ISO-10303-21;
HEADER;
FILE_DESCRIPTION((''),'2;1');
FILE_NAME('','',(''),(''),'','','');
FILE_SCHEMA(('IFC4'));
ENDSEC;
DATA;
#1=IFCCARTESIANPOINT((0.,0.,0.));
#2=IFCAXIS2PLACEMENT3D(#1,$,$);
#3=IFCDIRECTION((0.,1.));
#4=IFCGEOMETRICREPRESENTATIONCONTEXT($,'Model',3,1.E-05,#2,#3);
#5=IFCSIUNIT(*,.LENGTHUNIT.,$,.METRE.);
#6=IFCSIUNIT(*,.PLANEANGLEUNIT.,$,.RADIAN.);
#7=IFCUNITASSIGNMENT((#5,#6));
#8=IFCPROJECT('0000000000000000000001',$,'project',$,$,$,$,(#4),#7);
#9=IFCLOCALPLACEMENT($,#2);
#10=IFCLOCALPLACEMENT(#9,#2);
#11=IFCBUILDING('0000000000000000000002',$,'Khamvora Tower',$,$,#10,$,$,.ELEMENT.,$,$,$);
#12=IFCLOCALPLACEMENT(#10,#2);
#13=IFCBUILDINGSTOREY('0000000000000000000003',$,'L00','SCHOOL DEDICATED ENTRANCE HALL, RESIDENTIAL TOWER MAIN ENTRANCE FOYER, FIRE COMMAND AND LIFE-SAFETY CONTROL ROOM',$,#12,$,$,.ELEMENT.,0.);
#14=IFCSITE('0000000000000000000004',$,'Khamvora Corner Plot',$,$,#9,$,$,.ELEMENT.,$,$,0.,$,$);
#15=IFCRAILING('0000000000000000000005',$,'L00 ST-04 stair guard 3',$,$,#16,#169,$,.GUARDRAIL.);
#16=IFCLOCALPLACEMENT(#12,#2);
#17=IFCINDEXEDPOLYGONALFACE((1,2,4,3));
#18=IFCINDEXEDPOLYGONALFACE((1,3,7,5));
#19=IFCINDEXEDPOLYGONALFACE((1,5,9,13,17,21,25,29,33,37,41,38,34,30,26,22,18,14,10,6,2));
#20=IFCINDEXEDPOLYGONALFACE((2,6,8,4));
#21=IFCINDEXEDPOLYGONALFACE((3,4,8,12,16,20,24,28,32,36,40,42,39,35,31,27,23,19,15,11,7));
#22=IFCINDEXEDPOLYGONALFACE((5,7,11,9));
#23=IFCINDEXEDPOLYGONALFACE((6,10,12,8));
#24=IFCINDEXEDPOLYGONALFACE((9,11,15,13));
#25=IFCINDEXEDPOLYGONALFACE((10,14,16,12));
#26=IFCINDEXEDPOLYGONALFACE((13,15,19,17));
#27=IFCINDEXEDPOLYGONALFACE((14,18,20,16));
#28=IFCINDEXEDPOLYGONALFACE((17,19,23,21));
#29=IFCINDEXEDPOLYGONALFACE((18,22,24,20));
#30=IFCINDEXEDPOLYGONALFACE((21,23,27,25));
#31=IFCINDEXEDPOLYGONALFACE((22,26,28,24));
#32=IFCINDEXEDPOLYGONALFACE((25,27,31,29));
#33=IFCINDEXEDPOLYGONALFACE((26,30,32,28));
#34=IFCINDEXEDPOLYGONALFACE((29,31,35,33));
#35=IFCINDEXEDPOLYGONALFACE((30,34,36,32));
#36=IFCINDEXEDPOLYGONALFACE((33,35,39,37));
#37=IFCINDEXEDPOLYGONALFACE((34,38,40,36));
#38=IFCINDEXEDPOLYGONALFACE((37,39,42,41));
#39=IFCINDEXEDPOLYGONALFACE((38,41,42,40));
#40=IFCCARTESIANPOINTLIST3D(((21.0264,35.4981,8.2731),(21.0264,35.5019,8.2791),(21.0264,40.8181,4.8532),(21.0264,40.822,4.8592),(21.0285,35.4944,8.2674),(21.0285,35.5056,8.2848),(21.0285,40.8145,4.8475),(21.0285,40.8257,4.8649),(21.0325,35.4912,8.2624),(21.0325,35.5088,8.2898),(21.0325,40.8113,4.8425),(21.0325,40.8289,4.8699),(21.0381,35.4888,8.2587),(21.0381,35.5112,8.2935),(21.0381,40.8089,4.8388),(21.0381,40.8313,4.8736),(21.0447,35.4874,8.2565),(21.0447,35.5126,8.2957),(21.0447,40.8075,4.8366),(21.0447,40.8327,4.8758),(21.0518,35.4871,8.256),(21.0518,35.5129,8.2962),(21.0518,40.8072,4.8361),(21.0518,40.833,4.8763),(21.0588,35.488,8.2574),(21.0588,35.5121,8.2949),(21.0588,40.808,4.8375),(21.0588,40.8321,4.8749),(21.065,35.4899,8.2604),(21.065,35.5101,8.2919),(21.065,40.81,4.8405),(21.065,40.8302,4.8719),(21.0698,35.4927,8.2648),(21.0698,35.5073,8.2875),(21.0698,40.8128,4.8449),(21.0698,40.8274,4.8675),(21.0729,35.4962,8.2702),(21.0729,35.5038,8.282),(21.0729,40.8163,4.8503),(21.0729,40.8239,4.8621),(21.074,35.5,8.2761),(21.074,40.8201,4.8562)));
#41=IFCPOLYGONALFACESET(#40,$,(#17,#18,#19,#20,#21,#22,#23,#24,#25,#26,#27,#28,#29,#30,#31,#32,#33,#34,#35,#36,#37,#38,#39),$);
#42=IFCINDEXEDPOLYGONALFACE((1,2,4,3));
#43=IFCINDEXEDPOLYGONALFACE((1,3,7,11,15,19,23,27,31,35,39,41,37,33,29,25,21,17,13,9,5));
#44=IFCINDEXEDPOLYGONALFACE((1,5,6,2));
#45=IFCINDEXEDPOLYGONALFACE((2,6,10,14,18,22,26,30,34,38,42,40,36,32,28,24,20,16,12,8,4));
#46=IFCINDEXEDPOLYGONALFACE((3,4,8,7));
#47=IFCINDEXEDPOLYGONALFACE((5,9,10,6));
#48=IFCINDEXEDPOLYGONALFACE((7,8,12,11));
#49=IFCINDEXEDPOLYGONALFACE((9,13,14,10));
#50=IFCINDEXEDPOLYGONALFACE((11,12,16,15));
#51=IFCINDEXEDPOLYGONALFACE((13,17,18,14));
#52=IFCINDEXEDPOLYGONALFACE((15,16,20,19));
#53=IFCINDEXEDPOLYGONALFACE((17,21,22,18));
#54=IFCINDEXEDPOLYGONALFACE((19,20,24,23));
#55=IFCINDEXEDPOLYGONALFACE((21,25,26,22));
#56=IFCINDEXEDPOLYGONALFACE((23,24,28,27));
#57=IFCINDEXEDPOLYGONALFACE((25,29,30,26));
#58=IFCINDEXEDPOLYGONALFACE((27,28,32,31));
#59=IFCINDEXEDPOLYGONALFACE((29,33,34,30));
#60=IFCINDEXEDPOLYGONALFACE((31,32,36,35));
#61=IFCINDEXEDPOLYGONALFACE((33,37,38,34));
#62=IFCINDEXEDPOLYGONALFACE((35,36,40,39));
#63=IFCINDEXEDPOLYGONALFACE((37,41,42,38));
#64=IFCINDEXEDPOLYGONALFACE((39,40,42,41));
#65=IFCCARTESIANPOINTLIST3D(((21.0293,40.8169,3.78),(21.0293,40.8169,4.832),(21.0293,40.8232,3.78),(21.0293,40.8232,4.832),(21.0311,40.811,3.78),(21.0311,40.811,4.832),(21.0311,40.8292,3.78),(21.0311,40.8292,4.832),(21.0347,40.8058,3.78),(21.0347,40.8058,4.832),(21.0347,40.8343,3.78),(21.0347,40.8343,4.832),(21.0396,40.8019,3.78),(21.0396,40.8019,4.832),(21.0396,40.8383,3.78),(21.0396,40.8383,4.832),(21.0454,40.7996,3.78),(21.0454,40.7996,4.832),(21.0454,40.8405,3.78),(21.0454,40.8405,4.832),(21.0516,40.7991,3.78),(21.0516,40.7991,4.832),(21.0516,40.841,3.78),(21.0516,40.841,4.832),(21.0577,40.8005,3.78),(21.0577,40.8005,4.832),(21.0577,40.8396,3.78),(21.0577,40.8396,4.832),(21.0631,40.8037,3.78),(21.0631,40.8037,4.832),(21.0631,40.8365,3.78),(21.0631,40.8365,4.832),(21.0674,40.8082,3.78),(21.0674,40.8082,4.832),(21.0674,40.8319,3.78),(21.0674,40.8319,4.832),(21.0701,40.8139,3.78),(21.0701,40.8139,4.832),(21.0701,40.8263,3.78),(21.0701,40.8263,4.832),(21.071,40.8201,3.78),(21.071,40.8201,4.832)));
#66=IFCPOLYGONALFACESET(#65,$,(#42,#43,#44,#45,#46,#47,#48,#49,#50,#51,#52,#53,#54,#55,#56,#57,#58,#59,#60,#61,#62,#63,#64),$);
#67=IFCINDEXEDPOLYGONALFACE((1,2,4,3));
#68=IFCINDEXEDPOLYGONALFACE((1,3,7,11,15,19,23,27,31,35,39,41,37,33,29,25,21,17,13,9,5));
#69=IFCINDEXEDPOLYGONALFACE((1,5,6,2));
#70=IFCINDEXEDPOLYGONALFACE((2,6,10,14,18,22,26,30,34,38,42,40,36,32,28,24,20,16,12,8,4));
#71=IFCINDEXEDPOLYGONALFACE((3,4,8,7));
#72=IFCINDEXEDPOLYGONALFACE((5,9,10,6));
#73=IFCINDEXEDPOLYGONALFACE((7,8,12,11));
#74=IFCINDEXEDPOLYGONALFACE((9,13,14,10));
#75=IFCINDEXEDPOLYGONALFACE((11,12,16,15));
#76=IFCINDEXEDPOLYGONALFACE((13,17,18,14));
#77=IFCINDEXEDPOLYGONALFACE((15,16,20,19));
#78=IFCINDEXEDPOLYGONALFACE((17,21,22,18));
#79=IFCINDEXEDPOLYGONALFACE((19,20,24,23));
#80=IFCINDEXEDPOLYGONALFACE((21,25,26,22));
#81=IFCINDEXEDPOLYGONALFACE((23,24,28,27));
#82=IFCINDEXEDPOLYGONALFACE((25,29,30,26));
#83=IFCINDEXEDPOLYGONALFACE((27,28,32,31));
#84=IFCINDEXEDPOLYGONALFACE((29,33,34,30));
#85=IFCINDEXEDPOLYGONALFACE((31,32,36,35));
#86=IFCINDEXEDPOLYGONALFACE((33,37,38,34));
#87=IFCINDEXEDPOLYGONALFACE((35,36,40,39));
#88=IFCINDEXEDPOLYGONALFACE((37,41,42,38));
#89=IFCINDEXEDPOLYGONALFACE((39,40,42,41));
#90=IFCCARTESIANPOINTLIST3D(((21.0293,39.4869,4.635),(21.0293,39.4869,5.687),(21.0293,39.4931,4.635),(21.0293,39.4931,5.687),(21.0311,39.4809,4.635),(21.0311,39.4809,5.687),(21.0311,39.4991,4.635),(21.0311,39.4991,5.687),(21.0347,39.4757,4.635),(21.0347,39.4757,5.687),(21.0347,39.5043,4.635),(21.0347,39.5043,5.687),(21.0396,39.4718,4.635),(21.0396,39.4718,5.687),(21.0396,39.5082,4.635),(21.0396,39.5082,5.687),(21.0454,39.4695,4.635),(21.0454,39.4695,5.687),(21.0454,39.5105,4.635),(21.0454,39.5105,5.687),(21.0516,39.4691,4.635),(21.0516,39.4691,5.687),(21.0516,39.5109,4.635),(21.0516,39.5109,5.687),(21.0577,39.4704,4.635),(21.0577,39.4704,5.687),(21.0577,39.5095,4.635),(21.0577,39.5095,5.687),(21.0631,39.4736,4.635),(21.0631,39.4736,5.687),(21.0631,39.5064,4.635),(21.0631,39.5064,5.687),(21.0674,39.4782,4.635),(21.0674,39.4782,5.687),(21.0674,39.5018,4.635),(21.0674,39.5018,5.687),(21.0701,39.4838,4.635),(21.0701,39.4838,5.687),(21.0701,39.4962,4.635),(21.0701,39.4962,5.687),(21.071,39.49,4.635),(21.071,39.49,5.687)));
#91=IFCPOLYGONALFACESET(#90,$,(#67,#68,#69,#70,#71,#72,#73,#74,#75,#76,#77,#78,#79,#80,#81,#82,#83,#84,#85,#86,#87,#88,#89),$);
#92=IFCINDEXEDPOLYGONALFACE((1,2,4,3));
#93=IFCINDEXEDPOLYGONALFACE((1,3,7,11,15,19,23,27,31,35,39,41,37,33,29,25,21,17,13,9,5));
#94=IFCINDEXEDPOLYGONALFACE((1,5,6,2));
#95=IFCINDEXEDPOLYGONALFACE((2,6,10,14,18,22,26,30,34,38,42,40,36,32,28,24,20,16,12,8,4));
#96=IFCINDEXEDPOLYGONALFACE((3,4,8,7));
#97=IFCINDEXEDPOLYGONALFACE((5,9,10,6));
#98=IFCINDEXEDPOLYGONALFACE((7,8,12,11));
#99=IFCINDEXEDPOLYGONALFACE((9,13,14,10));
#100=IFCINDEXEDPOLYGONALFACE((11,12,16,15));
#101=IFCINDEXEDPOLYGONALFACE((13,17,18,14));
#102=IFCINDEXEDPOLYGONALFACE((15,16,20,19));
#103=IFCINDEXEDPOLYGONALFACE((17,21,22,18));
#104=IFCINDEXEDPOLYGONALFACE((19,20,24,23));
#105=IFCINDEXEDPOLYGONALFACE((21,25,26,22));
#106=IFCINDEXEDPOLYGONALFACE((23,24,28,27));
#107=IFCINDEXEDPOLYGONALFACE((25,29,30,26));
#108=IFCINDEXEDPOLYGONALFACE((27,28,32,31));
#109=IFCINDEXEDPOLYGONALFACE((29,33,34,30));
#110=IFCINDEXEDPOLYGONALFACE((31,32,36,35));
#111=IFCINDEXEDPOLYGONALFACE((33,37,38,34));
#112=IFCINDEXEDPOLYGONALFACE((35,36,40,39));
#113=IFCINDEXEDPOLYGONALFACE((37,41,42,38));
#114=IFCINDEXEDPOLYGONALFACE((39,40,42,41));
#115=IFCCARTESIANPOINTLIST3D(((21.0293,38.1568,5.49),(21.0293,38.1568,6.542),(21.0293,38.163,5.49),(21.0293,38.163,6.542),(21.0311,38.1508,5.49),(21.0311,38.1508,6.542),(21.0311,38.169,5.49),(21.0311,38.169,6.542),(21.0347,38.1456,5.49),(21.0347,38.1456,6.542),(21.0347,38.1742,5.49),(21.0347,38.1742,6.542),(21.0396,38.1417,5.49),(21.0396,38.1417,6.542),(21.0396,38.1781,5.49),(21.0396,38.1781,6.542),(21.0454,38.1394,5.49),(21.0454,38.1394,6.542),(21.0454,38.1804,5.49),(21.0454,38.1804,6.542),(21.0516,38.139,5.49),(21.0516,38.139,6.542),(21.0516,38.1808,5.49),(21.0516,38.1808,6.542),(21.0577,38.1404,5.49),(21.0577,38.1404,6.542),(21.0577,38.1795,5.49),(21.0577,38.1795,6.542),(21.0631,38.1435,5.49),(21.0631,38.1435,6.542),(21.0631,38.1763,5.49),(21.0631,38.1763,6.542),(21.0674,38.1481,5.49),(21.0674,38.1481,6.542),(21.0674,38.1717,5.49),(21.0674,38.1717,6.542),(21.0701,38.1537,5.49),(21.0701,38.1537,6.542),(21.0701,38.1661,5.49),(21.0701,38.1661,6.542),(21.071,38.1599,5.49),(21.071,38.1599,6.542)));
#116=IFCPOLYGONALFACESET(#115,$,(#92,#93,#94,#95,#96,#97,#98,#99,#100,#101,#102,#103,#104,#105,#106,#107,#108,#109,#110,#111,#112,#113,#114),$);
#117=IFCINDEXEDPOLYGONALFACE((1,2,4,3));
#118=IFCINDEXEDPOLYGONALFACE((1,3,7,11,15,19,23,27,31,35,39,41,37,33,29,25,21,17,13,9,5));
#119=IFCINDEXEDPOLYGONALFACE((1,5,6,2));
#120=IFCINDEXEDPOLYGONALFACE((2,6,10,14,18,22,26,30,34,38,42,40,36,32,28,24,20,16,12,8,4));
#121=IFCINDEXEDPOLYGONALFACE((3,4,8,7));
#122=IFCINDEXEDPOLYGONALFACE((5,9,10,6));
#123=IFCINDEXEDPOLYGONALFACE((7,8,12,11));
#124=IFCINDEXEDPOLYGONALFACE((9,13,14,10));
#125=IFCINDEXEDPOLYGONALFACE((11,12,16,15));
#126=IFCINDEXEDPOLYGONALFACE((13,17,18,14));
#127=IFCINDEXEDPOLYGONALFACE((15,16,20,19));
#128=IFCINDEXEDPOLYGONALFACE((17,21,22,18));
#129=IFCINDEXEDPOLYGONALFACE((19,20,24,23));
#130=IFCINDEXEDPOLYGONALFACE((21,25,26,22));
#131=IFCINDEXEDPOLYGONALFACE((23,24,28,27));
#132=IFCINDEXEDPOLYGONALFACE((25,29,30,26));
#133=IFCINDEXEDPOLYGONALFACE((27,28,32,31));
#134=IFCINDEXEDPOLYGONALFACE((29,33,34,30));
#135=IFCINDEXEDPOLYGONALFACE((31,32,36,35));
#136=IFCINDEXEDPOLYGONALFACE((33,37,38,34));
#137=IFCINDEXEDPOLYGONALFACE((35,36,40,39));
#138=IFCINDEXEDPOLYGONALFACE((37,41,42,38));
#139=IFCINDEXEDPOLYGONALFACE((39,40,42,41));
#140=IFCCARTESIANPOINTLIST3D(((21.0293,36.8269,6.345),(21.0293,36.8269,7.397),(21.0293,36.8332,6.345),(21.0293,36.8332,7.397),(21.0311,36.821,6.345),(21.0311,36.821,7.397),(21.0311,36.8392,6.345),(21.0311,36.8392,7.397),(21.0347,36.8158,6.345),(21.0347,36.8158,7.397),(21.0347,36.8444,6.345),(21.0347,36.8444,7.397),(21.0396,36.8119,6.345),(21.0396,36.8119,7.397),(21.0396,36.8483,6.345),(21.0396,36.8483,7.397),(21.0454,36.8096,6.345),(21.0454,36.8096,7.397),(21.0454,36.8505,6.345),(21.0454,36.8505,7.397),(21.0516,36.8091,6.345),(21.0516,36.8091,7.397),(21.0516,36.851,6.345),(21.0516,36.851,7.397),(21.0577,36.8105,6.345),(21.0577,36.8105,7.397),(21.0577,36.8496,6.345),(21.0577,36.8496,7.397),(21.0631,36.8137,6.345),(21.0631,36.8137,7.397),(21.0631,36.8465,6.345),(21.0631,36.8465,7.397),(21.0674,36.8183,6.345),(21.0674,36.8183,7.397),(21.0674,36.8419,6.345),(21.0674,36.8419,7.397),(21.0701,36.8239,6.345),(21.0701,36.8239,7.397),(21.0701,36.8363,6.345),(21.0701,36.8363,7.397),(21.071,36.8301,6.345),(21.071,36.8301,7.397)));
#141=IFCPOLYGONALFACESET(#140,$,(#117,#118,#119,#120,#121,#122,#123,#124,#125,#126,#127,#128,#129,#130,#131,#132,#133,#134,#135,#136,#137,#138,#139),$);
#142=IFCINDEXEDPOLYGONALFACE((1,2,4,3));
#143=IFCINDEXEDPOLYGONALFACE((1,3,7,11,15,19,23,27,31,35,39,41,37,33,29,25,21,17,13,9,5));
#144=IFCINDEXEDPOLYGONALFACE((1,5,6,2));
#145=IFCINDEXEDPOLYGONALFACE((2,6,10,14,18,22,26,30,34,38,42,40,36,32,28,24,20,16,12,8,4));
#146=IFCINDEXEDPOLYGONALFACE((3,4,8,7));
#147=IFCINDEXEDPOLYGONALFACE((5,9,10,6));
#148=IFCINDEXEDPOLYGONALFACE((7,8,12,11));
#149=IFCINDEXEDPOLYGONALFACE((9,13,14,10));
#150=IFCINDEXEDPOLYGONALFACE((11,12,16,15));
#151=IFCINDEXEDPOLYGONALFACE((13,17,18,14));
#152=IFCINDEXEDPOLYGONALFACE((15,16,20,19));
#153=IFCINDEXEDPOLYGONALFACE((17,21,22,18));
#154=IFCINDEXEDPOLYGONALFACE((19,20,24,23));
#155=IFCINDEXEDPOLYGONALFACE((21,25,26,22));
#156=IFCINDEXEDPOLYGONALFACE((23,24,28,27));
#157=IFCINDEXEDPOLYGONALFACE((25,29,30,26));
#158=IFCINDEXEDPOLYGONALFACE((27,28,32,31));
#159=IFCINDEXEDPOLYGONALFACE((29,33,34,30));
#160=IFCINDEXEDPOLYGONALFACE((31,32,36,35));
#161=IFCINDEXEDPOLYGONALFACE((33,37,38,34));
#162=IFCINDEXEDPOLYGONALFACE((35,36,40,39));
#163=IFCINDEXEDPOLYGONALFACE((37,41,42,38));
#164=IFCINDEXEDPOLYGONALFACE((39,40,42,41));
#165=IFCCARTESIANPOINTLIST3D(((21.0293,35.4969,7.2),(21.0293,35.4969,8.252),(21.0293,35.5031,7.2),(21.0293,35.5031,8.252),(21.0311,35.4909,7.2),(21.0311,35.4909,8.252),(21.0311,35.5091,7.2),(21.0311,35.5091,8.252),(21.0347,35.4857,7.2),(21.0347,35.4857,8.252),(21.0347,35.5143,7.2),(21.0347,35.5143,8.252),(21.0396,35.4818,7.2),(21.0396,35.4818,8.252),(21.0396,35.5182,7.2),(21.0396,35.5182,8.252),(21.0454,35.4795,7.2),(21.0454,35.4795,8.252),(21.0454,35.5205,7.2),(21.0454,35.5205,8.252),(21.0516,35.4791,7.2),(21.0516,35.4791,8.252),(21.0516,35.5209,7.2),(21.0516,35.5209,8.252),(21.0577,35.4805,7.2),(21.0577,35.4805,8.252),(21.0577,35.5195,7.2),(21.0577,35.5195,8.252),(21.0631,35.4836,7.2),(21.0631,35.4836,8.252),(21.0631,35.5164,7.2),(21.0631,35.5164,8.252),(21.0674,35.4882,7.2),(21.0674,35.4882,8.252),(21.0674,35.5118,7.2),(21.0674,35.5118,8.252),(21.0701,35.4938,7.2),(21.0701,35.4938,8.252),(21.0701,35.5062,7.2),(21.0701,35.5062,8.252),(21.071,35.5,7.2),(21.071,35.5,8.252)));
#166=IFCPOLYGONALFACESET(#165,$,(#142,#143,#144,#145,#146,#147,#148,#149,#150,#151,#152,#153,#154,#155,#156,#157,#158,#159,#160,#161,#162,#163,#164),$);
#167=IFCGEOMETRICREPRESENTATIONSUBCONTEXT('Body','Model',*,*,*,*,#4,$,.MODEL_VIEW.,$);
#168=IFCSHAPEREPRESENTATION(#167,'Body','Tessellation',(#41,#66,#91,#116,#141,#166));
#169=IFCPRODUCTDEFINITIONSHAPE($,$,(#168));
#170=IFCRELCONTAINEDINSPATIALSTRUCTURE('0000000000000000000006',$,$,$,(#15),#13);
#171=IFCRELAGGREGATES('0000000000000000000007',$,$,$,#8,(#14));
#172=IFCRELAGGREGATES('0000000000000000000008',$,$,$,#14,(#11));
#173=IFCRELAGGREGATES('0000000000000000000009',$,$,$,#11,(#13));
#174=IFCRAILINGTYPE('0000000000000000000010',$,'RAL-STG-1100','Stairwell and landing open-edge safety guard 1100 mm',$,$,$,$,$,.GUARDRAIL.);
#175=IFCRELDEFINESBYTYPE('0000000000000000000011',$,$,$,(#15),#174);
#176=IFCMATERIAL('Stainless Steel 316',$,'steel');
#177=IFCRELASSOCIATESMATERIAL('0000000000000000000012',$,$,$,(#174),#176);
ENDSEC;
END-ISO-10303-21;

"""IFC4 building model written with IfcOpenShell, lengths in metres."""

from ifc_helpers import new_model, si_unit, direction, frame, origin, origin_2d, place, context, subcontext, project, spatial, circle, extrude, material, type_object, element, save


model = new_model("IFC4")

# Units and contexts
model_context = context("Model", 3, precision=1e-05, world=origin(), true_north=direction((0.0, 1.0)))
body_context = subcontext(model_context, "Body", "Model", "MODEL_VIEW")
ifc_project = project(units=[si_unit("LENGTHUNIT", "METRE"), si_unit("PLANEANGLEUNIT", "RADIAN")], contexts=[model_context])

# Site, building, storey
site_placement = place(None, origin())
site = spatial("IfcSite", under=ifc_project, at=site_placement, Name="Khamvora Corner Plot", CompositionType="ELEMENT", RefElevation=0.0)
building_placement = place(site_placement, origin())
building = spatial("IfcBuilding", under=site, at=building_placement, Name="Khamvora Tower", CompositionType="ELEMENT")
storey_placement = place(building_placement, origin())
storey = spatial("IfcBuildingStorey", under=building, at=storey_placement, Name="L00", Description="SCHOOL DEDICATED ENTRANCE HALL, RESIDENTIAL TOWER MAIN ENTRANCE FOYER, FIRE COMMAND AND LIFE-SAFETY CONTROL ROOM", CompositionType="ELEMENT", Elevation=0.0)

# Railing
ifc_material_1 = material(Name="Stainless Steel 316", Category="steel")
railing_type_1 = type_object("IfcRailingType", Name="RAL-STG-1100", Description="Stairwell and landing open-edge safety guard 1100 mm", PredefinedType="GUARDRAIL", material=ifc_material_1)
railing_1_placement = place(storey_placement, frame((21.05, 40.8201, 3.78)))
element("IfcRailing", 1, at=railing_1_placement, inside=storey, type_object=railing_type_1, Name="L00 ST-04 stair guard 3", PredefinedType="GUARDRAIL", context=body_context, shape_type="SweptSolid", body=[
    extrude(circle(Radius=0.0239, at=origin_2d()), frame((0.0, 0.0, 1.0762), z_axis=(0.0, -0.841187, 0.540744), x_axis=(1.0, 0.0, 0.0)), (0.0, 0.0, 1.0), 6.3245),
    extrude(circle(Radius=0.021, at=origin_2d()), origin(), (0.0, 0.0, 1.0), 1.052),
    extrude(circle(Radius=0.021, at=origin_2d()), frame((0.0, -1.3301, 0.855)), (0.0, 0.0, 1.0), 1.052),
    extrude(circle(Radius=0.021, at=origin_2d()), frame((0.0, -2.6602, 1.71)), (0.0, 0.0, 1.0), 1.052),
    extrude(circle(Radius=0.021, at=origin_2d()), frame((0.0, -3.99, 2.5649)), (0.0, 0.0, 1.0), 1.052),
    extrude(circle(Radius=0.021, at=origin_2d()), frame((0.0, -5.3201, 3.4199)), (0.0, 0.0, 1.0), 1.052),
])

save(model, "model.ifc")
